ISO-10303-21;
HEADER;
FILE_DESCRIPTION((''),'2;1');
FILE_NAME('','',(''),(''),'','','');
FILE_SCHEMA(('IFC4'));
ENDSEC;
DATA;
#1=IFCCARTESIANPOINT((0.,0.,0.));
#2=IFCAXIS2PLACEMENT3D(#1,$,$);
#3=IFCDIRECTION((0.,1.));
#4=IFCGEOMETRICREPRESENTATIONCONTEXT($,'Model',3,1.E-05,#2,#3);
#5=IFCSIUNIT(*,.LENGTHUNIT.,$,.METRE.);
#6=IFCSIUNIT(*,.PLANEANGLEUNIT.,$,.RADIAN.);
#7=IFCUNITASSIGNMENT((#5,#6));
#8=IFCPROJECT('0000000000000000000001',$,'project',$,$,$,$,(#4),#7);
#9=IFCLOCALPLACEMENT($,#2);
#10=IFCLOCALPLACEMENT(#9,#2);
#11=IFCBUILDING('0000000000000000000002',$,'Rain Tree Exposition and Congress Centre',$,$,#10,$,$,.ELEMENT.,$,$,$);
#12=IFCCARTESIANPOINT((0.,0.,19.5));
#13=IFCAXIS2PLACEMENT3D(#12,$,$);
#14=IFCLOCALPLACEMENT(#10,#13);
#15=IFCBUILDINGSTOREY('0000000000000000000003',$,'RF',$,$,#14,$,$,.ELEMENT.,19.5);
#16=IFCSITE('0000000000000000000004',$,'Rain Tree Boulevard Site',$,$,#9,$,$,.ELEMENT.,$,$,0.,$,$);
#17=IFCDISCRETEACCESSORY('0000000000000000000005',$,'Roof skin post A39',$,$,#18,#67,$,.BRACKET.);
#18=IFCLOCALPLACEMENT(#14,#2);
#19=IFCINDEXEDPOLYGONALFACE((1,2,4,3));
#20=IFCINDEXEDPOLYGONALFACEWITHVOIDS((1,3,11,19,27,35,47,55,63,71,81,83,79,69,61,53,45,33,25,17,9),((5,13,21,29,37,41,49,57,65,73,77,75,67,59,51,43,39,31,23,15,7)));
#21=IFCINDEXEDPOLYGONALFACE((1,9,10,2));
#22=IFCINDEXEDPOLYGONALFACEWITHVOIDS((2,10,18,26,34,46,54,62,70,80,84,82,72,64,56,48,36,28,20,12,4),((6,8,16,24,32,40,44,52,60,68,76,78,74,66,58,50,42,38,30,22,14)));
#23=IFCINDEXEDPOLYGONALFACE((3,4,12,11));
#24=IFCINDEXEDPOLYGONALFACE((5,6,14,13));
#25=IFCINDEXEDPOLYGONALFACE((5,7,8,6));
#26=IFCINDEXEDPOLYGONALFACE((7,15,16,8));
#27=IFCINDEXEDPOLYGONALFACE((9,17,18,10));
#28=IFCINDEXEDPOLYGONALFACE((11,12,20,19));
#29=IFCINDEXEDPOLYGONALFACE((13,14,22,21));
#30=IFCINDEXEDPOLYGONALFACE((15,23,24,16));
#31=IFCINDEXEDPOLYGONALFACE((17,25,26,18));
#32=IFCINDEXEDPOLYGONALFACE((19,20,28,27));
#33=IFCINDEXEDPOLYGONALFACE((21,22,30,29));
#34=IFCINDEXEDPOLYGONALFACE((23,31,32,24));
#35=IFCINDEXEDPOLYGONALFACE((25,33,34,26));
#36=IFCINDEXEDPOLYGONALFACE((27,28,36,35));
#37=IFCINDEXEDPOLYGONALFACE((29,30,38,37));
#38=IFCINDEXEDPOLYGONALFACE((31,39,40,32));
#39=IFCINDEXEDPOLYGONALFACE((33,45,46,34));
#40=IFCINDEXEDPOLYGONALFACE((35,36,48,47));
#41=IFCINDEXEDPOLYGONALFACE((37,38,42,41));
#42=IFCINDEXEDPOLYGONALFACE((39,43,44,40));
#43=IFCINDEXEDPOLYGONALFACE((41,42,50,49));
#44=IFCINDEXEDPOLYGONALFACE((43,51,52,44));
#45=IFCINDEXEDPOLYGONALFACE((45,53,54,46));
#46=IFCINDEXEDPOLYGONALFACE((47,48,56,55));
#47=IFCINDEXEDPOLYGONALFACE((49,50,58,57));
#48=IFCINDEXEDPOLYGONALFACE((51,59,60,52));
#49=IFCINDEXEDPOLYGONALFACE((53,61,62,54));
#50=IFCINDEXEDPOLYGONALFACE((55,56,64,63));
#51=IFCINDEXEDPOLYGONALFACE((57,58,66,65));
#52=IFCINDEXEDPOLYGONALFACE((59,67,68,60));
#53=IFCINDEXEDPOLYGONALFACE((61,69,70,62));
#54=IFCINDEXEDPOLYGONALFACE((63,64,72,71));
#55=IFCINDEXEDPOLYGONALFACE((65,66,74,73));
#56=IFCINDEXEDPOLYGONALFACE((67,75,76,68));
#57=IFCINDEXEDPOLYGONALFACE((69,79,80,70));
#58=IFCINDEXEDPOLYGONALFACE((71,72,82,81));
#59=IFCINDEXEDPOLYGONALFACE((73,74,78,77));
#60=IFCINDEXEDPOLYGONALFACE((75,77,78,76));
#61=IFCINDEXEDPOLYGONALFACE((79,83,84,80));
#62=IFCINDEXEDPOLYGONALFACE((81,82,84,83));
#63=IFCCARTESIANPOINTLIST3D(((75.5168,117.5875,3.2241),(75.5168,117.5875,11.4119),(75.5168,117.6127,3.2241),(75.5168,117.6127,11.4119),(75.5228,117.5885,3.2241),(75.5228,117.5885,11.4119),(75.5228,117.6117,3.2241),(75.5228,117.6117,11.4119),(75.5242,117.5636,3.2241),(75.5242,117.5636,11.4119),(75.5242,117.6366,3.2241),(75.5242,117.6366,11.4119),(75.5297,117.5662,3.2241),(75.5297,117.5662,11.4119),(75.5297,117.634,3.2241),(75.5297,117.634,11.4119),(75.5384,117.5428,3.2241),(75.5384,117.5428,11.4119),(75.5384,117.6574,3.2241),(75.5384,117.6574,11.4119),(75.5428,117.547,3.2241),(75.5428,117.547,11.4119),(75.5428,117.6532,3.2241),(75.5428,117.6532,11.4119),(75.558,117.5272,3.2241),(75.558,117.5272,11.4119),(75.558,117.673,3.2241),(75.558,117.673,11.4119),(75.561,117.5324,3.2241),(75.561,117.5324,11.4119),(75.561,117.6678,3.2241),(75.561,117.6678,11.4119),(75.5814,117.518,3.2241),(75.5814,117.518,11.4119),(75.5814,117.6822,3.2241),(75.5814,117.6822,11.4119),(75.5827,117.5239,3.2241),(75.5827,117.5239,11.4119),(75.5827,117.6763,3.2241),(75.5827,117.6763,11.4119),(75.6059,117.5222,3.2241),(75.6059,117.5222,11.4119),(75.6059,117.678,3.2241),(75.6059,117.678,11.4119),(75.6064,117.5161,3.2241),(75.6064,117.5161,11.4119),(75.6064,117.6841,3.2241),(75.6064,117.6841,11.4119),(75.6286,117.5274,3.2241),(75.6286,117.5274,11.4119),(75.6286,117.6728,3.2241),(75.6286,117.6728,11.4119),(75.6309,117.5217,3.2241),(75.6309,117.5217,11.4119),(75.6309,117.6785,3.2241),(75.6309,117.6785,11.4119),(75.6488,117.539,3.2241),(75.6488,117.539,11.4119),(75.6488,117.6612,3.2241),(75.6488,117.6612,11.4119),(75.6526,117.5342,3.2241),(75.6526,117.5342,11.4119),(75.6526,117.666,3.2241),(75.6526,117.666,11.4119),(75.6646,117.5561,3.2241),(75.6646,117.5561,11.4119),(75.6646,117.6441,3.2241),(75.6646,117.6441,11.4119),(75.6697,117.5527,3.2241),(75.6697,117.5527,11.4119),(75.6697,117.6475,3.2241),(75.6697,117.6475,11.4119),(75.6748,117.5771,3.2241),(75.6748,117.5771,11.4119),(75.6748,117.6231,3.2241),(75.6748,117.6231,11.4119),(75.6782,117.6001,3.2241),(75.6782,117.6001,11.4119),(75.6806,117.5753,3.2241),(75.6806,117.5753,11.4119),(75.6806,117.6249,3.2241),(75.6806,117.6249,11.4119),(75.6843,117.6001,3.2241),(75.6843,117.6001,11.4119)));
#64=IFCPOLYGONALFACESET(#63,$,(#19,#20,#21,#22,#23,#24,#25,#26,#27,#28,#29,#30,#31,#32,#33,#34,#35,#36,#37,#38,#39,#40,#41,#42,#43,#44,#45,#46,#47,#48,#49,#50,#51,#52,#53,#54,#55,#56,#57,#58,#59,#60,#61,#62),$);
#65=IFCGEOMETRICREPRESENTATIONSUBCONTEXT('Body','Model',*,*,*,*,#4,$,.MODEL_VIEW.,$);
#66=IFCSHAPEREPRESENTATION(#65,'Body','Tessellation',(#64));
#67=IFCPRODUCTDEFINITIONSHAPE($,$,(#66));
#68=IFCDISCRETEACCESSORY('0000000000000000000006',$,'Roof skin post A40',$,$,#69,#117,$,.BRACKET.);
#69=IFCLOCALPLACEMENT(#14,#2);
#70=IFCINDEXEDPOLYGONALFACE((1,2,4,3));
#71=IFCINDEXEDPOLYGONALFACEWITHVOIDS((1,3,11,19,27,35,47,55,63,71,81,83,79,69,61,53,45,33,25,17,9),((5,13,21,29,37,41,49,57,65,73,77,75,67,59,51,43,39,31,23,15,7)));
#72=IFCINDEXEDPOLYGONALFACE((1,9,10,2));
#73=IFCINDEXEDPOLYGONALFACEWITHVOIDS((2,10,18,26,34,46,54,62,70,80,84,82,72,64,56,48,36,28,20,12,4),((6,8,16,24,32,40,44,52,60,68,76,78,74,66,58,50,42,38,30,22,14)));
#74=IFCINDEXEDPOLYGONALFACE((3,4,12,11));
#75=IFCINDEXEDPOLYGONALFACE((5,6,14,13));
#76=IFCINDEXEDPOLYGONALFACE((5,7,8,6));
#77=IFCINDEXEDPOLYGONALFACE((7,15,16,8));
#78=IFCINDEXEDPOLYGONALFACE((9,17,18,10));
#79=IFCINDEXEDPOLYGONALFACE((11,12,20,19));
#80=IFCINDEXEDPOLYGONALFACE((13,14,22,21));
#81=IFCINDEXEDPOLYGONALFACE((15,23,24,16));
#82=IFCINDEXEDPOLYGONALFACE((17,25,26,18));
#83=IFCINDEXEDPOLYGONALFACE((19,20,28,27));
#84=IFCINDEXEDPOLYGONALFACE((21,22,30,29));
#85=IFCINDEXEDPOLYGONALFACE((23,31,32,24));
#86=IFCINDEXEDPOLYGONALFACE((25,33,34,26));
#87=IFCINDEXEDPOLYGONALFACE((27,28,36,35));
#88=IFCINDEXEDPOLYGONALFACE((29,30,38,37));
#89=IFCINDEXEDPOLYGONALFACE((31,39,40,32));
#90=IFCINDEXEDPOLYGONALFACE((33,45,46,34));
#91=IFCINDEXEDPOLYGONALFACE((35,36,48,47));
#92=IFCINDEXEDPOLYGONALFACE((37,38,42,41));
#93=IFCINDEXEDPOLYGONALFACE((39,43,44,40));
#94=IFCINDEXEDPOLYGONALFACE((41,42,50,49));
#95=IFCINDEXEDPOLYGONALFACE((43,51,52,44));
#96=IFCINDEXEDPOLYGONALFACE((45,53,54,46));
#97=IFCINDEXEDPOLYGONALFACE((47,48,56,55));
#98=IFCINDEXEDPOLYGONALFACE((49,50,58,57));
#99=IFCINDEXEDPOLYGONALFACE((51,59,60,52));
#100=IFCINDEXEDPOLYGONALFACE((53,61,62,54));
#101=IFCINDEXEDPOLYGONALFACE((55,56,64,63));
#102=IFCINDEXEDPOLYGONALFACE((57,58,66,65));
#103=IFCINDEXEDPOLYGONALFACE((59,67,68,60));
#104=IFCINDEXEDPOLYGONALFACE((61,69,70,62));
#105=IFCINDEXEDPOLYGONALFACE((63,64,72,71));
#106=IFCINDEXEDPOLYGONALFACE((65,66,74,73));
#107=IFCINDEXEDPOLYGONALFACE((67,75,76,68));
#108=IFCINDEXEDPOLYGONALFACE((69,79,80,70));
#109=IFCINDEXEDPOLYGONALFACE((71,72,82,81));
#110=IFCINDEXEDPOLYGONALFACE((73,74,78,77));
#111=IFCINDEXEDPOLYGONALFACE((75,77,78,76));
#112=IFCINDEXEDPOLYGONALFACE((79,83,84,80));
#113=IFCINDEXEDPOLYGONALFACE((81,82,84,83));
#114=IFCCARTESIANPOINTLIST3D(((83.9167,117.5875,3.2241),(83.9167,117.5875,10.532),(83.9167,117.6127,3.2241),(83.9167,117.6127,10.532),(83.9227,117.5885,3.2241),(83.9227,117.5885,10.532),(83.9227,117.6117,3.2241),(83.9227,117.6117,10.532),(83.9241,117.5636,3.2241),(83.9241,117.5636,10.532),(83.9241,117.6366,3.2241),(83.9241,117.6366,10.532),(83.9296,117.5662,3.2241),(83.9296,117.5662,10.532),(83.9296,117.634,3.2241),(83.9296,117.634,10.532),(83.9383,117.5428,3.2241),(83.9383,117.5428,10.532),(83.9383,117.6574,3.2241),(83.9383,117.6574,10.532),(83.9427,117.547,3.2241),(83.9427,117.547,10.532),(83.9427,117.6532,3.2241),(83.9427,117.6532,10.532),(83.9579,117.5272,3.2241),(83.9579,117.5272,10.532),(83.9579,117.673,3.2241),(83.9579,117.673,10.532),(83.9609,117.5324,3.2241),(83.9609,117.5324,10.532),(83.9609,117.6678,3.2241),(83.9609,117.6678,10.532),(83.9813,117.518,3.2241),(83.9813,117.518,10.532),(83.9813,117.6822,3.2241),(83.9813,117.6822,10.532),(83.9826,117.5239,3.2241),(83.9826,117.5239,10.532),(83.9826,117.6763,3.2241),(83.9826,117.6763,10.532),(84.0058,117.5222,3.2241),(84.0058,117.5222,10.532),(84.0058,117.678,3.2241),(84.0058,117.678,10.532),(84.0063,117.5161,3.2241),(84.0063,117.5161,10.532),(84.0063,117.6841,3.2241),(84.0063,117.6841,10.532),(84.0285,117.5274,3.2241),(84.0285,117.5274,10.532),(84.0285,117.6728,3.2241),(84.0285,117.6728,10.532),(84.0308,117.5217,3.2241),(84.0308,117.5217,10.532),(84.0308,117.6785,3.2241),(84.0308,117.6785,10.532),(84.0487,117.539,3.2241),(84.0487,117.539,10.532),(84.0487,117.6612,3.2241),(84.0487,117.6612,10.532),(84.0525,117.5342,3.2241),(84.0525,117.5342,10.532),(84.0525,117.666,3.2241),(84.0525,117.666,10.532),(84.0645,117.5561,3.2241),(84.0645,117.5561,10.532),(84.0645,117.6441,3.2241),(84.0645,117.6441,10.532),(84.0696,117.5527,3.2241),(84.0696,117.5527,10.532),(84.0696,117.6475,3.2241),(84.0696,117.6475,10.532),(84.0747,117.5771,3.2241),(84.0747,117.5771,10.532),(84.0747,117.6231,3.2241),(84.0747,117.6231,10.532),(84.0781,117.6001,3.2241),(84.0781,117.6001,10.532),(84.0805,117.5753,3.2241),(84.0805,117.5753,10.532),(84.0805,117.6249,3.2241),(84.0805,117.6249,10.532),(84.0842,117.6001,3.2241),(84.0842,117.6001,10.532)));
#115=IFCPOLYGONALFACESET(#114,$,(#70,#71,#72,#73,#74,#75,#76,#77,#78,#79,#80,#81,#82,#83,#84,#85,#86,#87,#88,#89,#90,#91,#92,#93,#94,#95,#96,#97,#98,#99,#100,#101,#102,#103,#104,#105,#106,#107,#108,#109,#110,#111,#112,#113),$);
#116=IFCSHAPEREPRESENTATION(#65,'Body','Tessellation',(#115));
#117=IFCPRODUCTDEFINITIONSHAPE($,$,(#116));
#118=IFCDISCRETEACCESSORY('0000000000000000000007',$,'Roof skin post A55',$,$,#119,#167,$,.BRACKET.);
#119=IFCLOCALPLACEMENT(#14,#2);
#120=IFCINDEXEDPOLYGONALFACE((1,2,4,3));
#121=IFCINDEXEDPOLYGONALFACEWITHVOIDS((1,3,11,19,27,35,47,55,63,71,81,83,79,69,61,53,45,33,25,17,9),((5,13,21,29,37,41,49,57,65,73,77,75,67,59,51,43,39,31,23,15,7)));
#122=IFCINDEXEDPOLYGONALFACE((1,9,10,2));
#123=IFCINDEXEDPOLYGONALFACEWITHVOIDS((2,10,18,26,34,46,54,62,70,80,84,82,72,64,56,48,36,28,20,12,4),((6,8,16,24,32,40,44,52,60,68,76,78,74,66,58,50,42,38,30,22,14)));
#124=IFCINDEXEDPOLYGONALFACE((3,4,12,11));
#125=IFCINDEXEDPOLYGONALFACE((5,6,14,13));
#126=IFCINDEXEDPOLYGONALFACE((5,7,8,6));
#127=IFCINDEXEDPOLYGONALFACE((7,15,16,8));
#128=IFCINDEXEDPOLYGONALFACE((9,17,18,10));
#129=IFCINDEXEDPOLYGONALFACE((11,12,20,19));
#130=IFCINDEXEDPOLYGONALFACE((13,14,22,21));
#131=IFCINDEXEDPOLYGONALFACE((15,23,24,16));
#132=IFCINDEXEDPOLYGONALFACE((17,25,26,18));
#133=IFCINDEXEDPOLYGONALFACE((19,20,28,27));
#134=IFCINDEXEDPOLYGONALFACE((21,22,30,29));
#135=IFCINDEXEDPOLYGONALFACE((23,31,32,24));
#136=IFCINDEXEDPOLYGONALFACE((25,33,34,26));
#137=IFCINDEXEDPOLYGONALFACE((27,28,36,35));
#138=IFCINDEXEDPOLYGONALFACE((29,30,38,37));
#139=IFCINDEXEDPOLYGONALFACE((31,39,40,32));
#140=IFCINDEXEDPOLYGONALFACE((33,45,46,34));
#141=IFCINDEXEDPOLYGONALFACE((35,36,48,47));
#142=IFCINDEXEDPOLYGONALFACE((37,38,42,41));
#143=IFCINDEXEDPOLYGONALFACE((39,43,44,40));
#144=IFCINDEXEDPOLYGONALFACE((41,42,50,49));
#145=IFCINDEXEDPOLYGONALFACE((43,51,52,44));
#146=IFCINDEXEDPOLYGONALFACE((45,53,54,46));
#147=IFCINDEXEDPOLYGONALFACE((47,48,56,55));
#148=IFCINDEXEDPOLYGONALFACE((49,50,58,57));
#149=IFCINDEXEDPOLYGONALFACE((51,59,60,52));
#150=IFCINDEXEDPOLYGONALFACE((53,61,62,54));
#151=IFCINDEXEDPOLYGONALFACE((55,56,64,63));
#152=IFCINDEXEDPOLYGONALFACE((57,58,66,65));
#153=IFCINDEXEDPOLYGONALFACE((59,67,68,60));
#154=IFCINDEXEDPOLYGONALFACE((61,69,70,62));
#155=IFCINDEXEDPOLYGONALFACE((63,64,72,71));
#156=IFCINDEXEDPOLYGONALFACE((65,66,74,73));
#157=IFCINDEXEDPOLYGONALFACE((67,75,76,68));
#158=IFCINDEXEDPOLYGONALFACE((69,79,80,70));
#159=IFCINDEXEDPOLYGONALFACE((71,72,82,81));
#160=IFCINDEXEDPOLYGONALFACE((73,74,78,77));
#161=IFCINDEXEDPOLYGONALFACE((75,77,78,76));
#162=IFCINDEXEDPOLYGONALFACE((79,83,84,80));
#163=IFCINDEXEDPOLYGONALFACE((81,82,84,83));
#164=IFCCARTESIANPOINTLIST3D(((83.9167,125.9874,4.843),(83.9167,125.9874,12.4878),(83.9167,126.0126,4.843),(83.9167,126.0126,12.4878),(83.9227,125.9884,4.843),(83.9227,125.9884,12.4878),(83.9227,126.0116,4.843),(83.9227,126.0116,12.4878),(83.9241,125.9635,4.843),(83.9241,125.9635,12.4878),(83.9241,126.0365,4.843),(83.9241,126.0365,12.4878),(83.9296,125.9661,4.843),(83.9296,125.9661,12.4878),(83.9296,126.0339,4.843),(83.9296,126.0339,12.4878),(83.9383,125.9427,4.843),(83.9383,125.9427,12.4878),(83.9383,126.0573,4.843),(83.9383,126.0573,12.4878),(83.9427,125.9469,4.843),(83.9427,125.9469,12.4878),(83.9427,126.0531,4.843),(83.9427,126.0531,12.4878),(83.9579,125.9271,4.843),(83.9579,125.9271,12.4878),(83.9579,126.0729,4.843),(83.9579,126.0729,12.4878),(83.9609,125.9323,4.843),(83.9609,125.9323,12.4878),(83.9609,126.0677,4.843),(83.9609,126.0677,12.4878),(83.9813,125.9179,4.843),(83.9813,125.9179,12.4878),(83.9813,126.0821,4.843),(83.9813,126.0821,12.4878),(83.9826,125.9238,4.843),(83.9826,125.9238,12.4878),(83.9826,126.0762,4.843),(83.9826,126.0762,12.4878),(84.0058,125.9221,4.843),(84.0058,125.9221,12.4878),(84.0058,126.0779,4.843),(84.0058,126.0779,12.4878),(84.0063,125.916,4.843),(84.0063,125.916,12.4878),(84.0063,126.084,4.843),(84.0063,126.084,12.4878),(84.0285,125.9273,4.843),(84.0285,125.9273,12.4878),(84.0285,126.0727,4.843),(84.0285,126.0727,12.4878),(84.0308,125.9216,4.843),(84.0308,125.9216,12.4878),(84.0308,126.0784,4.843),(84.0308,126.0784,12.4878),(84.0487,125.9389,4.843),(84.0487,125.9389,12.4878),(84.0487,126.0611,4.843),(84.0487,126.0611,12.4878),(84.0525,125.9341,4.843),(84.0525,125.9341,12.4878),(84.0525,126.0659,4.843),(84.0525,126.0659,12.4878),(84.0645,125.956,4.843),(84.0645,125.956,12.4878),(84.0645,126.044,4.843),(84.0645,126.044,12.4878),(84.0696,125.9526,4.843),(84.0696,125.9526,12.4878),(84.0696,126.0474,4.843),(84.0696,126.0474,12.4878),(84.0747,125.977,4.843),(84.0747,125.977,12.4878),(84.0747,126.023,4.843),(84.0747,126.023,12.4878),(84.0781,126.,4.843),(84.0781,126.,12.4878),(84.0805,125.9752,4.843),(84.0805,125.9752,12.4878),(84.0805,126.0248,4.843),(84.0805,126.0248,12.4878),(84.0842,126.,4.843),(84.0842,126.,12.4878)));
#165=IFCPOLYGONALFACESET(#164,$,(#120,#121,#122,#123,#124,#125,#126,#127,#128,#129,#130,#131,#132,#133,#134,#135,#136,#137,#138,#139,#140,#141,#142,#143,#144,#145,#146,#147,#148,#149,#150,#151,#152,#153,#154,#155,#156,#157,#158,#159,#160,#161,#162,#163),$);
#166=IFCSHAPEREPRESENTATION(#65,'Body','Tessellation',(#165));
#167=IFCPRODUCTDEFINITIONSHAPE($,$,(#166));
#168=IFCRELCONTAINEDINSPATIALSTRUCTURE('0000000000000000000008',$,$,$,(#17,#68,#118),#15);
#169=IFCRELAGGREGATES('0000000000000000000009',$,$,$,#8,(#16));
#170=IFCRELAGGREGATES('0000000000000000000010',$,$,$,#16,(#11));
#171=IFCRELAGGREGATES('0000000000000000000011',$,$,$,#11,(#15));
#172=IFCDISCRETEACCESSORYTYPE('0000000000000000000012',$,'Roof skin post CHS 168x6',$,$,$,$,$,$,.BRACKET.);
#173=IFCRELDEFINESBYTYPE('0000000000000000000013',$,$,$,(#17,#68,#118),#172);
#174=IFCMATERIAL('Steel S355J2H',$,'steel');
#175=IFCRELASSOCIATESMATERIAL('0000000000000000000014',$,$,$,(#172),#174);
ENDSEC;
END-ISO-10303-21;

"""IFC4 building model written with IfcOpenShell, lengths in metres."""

from ifc_helpers import new_model, si_unit, direction, frame, origin, origin_2d, place, context, subcontext, project, spatial, hollow_circle, extrude, material, material_profile, profile_set, type_object, element, save


model = new_model("IFC4")

# Units and contexts
model_context = context("Model", 3, precision=1e-05, world=origin(), true_north=direction((0.0, 1.0)))
body_context = subcontext(model_context, "Body", "Model", "MODEL_VIEW")
ifc_project = project(units=[si_unit("LENGTHUNIT", "METRE"), si_unit("PLANEANGLEUNIT", "RADIAN")], contexts=[model_context])

# Site, building, storey
site_placement = place(None, origin())
site = spatial("IfcSite", under=ifc_project, at=site_placement, Name="Rain Tree Boulevard Site", CompositionType="ELEMENT", RefElevation=0.0)
building_placement = place(site_placement, origin())
building = spatial("IfcBuilding", under=site, at=building_placement, Name="Rain Tree Exposition and Congress Centre", CompositionType="ELEMENT")
storey_placement = place(building_placement, frame((0.0, 0.0, 19.5)))
storey = spatial("IfcBuildingStorey", under=building, at=storey_placement, Name="RF", CompositionType="ELEMENT", Elevation=19.5)

# Discrete accessories
ifc_material_1 = material(Name="Steel S355J2H", Category="steel")
ifc_material_profile_1 = material_profile(ifc_material_1, hollow_circle(Radius=0.0842, WallThickness=0.0061, at=origin_2d()), Name="CHS 168x6")
ifc_profile_set_1 = profile_set([ifc_material_profile_1], Name="Steel S355J2H")
discrete_accessory_type_1 = type_object("IfcDiscreteAccessoryType", Name="Roof skin post CHS 168x6", PredefinedType="BRACKET", material=ifc_profile_set_1)
discrete_accessory_1_placement = place(storey_placement, frame((75.6001, 117.6001, 3.2241), z_axis=(0.0, 0.0, 1.0), x_axis=(1.0, 0.0, 0.0)))
element("IfcDiscreteAccessory", 1, at=discrete_accessory_1_placement, inside=storey, type_object=discrete_accessory_type_1, Name="Roof skin post A39", PredefinedType="BRACKET", context=body_context, shape_type="SweptSolid", body=[
    extrude(hollow_circle(Radius=0.0842, WallThickness=0.0061, at=origin_2d()), origin(), (0.0, 0.0, 1.0), 8.1877),
])
discrete_accessory_2_placement = place(storey_placement, frame((84.0, 117.6001, 3.2241), z_axis=(0.0, 0.0, 1.0), x_axis=(1.0, 0.0, 0.0)))
element("IfcDiscreteAccessory", 2, at=discrete_accessory_2_placement, inside=storey, type_object=discrete_accessory_type_1, Name="Roof skin post A40", PredefinedType="BRACKET", context=body_context, shape_type="SweptSolid", body=[
    extrude(hollow_circle(Radius=0.0842, WallThickness=0.0061, at=origin_2d()), origin(), (0.0, 0.0, 1.0), 7.3079),
])
discrete_accessory_3_placement = place(storey_placement, frame((84.0, 126.0, 4.843), z_axis=(0.0, 0.0, 1.0), x_axis=(1.0, 0.0, 0.0)))
element("IfcDiscreteAccessory", 3, at=discrete_accessory_3_placement, inside=storey, type_object=discrete_accessory_type_1, Name="Roof skin post A55", PredefinedType="BRACKET", context=body_context, shape_type="SweptSolid", body=[
    extrude(hollow_circle(Radius=0.0842, WallThickness=0.0061, at=origin_2d()), origin(), (0.0, 0.0, 1.0), 7.6448),
])

save(model, "model.ifc")
